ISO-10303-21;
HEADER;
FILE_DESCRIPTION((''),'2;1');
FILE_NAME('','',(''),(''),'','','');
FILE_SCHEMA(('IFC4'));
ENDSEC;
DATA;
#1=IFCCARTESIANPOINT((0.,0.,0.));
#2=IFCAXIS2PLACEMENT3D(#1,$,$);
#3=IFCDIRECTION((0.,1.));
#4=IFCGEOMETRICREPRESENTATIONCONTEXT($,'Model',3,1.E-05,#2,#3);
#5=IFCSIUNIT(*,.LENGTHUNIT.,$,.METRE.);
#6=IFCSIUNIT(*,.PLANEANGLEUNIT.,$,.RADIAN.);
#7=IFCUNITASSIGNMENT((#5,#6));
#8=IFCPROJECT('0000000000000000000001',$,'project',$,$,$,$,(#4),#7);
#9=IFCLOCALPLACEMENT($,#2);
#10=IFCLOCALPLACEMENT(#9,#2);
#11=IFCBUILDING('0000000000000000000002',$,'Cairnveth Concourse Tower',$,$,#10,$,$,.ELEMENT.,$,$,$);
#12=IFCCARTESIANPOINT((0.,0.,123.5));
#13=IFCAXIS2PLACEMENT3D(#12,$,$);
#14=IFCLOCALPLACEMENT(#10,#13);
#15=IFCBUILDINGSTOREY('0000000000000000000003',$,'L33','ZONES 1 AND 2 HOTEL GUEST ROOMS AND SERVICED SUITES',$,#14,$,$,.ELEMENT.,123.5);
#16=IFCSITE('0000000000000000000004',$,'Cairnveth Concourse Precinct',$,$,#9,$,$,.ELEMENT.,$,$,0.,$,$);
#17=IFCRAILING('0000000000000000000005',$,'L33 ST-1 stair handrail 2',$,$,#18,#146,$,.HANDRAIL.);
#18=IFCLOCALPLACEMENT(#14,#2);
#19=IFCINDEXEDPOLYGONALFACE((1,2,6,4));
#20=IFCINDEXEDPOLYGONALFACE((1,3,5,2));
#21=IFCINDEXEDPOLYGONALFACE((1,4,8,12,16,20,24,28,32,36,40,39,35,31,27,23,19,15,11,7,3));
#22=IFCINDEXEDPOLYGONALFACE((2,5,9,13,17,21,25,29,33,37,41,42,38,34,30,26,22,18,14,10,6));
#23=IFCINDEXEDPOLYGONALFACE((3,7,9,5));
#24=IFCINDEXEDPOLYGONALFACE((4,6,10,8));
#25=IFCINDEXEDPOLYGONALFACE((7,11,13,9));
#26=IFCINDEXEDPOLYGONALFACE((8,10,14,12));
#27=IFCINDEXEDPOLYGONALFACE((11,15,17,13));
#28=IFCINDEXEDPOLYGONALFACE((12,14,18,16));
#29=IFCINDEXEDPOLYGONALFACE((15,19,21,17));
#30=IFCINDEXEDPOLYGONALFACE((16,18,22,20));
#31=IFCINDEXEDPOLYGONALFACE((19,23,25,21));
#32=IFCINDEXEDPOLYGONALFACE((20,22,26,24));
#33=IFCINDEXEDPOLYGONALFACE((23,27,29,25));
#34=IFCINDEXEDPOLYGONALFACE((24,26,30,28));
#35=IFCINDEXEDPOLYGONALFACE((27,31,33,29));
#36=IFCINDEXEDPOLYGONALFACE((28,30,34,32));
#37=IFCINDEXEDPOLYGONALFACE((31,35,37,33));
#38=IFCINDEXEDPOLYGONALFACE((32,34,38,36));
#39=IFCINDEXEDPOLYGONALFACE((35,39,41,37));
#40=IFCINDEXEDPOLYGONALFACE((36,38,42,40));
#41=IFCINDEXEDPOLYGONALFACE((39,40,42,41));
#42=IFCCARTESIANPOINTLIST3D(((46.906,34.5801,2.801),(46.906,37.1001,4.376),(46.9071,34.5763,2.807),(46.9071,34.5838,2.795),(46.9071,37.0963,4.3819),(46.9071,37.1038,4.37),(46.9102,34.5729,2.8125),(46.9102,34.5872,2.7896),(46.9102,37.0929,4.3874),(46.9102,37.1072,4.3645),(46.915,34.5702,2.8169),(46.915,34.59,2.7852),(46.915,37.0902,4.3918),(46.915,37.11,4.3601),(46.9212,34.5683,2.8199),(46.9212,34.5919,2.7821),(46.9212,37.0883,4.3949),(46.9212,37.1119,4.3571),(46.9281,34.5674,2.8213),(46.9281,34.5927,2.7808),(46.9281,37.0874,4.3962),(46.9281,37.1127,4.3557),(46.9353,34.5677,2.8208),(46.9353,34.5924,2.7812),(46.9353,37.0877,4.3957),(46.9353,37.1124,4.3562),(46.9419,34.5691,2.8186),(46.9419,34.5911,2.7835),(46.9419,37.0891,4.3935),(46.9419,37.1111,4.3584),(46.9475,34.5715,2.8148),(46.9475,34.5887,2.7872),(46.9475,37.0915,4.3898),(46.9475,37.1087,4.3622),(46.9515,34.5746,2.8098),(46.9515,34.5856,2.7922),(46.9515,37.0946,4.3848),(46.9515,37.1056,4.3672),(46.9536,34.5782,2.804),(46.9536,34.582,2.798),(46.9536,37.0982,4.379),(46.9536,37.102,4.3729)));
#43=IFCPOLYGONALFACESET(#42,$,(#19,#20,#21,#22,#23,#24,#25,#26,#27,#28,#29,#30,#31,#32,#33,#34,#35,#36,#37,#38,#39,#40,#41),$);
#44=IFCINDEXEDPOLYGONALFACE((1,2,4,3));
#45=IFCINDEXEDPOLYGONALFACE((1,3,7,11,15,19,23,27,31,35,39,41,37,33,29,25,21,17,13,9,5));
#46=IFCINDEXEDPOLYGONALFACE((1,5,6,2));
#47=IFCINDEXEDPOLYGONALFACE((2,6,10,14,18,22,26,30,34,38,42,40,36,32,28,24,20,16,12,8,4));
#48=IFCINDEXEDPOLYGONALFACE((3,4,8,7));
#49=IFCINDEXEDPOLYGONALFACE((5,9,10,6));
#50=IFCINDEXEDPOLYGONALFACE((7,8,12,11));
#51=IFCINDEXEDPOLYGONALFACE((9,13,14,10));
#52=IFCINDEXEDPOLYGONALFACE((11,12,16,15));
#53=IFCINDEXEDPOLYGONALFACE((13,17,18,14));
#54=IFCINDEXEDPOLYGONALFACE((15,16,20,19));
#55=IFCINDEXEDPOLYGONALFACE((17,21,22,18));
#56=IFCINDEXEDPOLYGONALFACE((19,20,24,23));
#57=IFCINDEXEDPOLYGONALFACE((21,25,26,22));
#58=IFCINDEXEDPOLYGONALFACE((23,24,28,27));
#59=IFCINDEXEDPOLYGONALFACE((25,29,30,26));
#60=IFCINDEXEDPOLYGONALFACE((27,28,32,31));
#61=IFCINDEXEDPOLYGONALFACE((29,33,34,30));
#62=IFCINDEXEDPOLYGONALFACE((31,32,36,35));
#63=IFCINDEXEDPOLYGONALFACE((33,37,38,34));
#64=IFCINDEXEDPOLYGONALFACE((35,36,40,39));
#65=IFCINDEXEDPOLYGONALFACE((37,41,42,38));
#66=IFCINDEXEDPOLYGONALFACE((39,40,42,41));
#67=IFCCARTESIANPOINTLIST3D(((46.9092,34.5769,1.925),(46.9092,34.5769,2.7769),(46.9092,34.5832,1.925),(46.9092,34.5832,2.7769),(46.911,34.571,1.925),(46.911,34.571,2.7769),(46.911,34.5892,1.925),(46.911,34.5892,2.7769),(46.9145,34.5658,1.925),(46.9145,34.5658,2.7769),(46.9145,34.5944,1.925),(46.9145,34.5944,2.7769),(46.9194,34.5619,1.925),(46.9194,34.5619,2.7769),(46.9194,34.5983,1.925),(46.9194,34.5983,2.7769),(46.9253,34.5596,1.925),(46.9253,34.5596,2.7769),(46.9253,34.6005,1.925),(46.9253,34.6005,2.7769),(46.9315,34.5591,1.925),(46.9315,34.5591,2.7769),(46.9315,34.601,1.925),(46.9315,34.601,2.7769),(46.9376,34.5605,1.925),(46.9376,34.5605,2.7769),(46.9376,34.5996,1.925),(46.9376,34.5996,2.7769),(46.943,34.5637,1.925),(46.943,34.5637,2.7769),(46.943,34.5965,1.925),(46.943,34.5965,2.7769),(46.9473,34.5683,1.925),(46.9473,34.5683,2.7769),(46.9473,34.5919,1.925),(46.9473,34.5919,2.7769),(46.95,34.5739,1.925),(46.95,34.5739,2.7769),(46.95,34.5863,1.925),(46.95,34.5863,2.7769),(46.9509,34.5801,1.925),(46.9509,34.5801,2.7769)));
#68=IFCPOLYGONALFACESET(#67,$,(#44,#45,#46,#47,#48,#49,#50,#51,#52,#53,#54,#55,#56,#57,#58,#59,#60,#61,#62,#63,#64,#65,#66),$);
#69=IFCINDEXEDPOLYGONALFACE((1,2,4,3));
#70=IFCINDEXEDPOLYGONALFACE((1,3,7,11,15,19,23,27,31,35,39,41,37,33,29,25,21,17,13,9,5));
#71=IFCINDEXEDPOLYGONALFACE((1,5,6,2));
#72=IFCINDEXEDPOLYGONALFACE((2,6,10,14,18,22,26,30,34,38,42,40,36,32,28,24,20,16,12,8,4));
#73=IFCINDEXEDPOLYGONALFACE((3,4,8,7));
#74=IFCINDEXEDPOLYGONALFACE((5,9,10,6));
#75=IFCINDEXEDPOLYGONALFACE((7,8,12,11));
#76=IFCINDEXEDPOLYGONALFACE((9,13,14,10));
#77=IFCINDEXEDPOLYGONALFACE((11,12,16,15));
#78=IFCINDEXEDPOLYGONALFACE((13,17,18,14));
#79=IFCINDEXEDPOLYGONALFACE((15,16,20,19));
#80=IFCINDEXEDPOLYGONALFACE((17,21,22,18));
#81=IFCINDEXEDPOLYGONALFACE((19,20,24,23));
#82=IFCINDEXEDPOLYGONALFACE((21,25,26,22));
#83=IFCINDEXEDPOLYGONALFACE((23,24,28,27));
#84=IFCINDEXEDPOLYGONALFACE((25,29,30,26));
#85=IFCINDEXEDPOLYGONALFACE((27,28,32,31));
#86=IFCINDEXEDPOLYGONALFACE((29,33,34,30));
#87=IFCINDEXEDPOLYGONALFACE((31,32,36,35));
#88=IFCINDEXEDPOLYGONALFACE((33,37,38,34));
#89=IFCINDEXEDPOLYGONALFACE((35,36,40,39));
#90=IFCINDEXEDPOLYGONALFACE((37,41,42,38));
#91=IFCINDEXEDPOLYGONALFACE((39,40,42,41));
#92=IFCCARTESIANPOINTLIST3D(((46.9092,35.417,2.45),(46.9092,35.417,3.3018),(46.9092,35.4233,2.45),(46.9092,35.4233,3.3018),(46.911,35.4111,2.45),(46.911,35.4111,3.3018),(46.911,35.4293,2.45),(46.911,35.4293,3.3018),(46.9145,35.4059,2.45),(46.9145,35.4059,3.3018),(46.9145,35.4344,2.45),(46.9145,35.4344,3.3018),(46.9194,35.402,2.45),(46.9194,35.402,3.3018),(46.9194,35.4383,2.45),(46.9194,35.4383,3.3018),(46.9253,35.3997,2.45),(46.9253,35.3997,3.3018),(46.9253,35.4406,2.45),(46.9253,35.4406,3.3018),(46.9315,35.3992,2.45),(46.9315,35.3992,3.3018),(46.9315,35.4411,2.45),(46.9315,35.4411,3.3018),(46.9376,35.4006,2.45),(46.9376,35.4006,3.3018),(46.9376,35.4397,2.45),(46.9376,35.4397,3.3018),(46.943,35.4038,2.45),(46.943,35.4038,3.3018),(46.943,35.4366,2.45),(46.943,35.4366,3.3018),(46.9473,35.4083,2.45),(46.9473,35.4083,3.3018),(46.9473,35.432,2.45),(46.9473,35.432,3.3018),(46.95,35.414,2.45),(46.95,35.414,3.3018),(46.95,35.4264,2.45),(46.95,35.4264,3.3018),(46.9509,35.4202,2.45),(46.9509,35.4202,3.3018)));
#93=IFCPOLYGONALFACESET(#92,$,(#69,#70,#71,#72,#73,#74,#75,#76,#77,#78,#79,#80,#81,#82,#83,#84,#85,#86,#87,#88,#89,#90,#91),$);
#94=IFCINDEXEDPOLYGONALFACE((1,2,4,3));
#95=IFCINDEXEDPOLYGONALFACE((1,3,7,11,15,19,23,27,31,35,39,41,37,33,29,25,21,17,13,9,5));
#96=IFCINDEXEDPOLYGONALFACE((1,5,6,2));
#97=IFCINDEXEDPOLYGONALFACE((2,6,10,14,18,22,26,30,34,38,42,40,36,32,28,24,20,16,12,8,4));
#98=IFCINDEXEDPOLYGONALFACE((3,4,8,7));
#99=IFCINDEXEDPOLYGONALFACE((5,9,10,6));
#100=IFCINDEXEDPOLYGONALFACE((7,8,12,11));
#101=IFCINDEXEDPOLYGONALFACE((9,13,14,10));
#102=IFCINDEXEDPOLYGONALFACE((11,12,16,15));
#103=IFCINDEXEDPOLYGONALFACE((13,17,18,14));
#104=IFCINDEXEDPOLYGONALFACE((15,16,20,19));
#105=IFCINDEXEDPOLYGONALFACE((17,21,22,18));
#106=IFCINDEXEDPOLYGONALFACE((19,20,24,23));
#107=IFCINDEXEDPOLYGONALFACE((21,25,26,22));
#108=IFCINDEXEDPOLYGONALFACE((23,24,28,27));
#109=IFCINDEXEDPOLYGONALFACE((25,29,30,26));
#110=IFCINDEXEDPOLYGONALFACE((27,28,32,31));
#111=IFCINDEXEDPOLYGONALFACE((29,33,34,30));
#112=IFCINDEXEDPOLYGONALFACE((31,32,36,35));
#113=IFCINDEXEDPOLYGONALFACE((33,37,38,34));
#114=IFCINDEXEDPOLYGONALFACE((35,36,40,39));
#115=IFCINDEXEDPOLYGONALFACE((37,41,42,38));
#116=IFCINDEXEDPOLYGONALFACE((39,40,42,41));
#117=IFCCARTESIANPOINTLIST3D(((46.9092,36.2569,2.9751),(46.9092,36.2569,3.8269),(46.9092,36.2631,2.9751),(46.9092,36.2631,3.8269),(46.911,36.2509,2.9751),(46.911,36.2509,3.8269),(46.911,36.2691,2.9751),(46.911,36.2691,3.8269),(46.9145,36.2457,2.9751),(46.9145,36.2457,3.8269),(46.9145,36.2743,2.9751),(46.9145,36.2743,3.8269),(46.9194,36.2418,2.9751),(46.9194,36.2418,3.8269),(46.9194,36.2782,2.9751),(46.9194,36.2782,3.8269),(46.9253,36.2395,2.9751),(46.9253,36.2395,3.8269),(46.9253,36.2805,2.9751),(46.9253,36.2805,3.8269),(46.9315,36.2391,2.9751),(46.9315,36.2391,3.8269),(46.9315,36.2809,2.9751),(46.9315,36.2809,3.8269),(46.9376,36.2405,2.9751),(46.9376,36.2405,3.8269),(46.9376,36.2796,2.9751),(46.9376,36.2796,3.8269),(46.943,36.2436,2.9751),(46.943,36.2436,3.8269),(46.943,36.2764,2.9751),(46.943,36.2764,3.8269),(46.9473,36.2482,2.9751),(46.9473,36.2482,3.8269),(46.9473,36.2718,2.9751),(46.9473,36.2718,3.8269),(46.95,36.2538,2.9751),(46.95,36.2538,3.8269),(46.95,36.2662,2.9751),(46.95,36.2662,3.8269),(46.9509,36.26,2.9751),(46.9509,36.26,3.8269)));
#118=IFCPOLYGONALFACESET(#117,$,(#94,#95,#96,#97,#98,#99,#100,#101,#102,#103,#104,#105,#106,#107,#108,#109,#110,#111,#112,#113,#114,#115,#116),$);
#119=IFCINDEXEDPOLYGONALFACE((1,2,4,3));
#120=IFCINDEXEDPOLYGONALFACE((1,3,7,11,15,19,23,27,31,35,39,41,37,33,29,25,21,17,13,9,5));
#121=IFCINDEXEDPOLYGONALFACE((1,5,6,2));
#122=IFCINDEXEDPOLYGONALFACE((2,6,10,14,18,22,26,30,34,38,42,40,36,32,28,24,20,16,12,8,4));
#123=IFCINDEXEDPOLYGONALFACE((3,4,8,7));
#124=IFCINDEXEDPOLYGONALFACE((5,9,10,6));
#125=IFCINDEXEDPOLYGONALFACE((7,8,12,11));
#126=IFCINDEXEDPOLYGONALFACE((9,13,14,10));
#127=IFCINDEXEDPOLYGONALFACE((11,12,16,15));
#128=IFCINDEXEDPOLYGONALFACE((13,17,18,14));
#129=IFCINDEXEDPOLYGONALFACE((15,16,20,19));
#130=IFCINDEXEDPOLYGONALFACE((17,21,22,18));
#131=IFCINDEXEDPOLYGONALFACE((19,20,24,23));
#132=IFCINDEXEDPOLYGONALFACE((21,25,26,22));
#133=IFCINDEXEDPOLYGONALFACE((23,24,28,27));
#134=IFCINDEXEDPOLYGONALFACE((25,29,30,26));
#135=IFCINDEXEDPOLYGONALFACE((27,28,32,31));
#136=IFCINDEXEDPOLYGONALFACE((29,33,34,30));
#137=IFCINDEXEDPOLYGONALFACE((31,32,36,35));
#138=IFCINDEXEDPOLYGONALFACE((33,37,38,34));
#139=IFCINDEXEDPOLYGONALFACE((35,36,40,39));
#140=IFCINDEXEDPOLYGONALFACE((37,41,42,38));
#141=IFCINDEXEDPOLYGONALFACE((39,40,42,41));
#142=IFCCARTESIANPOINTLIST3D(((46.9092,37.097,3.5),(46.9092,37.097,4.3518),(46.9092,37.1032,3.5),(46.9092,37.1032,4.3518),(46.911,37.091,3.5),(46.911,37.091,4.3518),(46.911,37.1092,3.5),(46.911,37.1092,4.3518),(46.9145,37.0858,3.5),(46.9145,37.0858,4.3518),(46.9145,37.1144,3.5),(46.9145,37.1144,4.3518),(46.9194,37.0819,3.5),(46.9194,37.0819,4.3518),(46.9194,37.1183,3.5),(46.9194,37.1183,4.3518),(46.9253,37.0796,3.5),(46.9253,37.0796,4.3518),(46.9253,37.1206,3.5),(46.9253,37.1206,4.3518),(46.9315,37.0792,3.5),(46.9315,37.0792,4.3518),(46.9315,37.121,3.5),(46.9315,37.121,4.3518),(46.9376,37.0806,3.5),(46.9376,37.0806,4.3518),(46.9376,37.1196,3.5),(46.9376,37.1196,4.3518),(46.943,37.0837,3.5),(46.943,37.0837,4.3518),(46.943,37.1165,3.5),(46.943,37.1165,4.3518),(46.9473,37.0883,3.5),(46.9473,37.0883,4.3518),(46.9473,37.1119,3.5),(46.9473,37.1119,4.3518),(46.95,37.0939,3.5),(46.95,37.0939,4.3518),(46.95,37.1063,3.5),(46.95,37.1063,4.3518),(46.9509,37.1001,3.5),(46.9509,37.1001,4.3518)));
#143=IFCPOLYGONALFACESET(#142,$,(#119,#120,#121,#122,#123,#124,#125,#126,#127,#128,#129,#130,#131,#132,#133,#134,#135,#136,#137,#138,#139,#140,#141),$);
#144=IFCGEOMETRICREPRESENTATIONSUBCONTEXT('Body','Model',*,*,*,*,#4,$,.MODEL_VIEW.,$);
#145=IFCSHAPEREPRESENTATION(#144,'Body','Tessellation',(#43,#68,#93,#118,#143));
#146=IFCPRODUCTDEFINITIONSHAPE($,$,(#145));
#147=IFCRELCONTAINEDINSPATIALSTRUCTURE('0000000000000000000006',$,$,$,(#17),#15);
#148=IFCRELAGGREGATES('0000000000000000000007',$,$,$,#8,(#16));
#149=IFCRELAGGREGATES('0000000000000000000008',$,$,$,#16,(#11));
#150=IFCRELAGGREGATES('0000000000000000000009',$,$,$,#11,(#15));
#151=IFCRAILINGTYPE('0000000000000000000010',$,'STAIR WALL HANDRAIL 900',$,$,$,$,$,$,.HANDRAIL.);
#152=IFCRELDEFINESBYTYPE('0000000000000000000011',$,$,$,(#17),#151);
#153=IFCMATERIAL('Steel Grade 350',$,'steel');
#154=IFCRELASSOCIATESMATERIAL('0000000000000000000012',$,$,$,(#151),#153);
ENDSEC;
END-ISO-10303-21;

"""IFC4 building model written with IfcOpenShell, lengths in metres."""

from ifc_helpers import new_model, si_unit, direction, frame, origin, origin_2d, place, context, subcontext, project, spatial, circle, extrude, material, type_object, element, save


model = new_model("IFC4")

# Units and contexts
model_context = context("Model", 3, precision=1e-05, world=origin(), true_north=direction((0.0, 1.0)))
body_context = subcontext(model_context, "Body", "Model", "MODEL_VIEW")
ifc_project = project(units=[si_unit("LENGTHUNIT", "METRE"), si_unit("PLANEANGLEUNIT", "RADIAN")], contexts=[model_context])

# Site, building, storey
site_placement = place(None, origin())
site = spatial("IfcSite", under=ifc_project, at=site_placement, Name="Cairnveth Concourse Precinct", CompositionType="ELEMENT", RefElevation=0.0)
building_placement = place(site_placement, origin())
building = spatial("IfcBuilding", under=site, at=building_placement, Name="Cairnveth Concourse Tower", CompositionType="ELEMENT")
storey_placement = place(building_placement, frame((0.0, 0.0, 123.5)))
storey = spatial("IfcBuildingStorey", under=building, at=storey_placement, Name="L33", Description="ZONES 1 AND 2 HOTEL GUEST ROOMS AND SERVICED SUITES", CompositionType="ELEMENT", Elevation=123.5)

# Railing
ifc_material_1 = material(Name="Steel Grade 350", Category="steel")
railing_type_1 = type_object("IfcRailingType", Name="STAIR WALL HANDRAIL 900", PredefinedType="HANDRAIL", material=ifc_material_1)
railing_1_placement = place(storey_placement, frame((46.9299, 34.5801, 1.925)))
element("IfcRailing", 1, at=railing_1_placement, inside=storey, type_object=railing_type_1, Name="L33 ST-1 stair handrail 2", PredefinedType="HANDRAIL", context=body_context, shape_type="SweptSolid", body=[
    extrude(circle(Radius=0.0239, at=origin_2d()), frame((0.0, 0.0, 0.876), z_axis=(0.0, 0.848008, 0.529984), x_axis=(-1.0, 0.0, 0.0)), (0.0, 0.0, 1.0), 2.9717),
    extrude(circle(Radius=0.021, at=origin_2d()), origin(), (0.0, 0.0, 1.0), 0.8518),
    extrude(circle(Radius=0.021, at=origin_2d()), frame((0.0, 0.8401, 0.5249)), (0.0, 0.0, 1.0), 0.8518),
    extrude(circle(Radius=0.021, at=origin_2d()), frame((0.0, 1.6799, 1.05)), (0.0, 0.0, 1.0), 0.8518),
    extrude(circle(Radius=0.021, at=origin_2d()), frame((0.0, 2.52, 1.575)), (0.0, 0.0, 1.0), 0.8518),
])

save(model, "model.ifc")
